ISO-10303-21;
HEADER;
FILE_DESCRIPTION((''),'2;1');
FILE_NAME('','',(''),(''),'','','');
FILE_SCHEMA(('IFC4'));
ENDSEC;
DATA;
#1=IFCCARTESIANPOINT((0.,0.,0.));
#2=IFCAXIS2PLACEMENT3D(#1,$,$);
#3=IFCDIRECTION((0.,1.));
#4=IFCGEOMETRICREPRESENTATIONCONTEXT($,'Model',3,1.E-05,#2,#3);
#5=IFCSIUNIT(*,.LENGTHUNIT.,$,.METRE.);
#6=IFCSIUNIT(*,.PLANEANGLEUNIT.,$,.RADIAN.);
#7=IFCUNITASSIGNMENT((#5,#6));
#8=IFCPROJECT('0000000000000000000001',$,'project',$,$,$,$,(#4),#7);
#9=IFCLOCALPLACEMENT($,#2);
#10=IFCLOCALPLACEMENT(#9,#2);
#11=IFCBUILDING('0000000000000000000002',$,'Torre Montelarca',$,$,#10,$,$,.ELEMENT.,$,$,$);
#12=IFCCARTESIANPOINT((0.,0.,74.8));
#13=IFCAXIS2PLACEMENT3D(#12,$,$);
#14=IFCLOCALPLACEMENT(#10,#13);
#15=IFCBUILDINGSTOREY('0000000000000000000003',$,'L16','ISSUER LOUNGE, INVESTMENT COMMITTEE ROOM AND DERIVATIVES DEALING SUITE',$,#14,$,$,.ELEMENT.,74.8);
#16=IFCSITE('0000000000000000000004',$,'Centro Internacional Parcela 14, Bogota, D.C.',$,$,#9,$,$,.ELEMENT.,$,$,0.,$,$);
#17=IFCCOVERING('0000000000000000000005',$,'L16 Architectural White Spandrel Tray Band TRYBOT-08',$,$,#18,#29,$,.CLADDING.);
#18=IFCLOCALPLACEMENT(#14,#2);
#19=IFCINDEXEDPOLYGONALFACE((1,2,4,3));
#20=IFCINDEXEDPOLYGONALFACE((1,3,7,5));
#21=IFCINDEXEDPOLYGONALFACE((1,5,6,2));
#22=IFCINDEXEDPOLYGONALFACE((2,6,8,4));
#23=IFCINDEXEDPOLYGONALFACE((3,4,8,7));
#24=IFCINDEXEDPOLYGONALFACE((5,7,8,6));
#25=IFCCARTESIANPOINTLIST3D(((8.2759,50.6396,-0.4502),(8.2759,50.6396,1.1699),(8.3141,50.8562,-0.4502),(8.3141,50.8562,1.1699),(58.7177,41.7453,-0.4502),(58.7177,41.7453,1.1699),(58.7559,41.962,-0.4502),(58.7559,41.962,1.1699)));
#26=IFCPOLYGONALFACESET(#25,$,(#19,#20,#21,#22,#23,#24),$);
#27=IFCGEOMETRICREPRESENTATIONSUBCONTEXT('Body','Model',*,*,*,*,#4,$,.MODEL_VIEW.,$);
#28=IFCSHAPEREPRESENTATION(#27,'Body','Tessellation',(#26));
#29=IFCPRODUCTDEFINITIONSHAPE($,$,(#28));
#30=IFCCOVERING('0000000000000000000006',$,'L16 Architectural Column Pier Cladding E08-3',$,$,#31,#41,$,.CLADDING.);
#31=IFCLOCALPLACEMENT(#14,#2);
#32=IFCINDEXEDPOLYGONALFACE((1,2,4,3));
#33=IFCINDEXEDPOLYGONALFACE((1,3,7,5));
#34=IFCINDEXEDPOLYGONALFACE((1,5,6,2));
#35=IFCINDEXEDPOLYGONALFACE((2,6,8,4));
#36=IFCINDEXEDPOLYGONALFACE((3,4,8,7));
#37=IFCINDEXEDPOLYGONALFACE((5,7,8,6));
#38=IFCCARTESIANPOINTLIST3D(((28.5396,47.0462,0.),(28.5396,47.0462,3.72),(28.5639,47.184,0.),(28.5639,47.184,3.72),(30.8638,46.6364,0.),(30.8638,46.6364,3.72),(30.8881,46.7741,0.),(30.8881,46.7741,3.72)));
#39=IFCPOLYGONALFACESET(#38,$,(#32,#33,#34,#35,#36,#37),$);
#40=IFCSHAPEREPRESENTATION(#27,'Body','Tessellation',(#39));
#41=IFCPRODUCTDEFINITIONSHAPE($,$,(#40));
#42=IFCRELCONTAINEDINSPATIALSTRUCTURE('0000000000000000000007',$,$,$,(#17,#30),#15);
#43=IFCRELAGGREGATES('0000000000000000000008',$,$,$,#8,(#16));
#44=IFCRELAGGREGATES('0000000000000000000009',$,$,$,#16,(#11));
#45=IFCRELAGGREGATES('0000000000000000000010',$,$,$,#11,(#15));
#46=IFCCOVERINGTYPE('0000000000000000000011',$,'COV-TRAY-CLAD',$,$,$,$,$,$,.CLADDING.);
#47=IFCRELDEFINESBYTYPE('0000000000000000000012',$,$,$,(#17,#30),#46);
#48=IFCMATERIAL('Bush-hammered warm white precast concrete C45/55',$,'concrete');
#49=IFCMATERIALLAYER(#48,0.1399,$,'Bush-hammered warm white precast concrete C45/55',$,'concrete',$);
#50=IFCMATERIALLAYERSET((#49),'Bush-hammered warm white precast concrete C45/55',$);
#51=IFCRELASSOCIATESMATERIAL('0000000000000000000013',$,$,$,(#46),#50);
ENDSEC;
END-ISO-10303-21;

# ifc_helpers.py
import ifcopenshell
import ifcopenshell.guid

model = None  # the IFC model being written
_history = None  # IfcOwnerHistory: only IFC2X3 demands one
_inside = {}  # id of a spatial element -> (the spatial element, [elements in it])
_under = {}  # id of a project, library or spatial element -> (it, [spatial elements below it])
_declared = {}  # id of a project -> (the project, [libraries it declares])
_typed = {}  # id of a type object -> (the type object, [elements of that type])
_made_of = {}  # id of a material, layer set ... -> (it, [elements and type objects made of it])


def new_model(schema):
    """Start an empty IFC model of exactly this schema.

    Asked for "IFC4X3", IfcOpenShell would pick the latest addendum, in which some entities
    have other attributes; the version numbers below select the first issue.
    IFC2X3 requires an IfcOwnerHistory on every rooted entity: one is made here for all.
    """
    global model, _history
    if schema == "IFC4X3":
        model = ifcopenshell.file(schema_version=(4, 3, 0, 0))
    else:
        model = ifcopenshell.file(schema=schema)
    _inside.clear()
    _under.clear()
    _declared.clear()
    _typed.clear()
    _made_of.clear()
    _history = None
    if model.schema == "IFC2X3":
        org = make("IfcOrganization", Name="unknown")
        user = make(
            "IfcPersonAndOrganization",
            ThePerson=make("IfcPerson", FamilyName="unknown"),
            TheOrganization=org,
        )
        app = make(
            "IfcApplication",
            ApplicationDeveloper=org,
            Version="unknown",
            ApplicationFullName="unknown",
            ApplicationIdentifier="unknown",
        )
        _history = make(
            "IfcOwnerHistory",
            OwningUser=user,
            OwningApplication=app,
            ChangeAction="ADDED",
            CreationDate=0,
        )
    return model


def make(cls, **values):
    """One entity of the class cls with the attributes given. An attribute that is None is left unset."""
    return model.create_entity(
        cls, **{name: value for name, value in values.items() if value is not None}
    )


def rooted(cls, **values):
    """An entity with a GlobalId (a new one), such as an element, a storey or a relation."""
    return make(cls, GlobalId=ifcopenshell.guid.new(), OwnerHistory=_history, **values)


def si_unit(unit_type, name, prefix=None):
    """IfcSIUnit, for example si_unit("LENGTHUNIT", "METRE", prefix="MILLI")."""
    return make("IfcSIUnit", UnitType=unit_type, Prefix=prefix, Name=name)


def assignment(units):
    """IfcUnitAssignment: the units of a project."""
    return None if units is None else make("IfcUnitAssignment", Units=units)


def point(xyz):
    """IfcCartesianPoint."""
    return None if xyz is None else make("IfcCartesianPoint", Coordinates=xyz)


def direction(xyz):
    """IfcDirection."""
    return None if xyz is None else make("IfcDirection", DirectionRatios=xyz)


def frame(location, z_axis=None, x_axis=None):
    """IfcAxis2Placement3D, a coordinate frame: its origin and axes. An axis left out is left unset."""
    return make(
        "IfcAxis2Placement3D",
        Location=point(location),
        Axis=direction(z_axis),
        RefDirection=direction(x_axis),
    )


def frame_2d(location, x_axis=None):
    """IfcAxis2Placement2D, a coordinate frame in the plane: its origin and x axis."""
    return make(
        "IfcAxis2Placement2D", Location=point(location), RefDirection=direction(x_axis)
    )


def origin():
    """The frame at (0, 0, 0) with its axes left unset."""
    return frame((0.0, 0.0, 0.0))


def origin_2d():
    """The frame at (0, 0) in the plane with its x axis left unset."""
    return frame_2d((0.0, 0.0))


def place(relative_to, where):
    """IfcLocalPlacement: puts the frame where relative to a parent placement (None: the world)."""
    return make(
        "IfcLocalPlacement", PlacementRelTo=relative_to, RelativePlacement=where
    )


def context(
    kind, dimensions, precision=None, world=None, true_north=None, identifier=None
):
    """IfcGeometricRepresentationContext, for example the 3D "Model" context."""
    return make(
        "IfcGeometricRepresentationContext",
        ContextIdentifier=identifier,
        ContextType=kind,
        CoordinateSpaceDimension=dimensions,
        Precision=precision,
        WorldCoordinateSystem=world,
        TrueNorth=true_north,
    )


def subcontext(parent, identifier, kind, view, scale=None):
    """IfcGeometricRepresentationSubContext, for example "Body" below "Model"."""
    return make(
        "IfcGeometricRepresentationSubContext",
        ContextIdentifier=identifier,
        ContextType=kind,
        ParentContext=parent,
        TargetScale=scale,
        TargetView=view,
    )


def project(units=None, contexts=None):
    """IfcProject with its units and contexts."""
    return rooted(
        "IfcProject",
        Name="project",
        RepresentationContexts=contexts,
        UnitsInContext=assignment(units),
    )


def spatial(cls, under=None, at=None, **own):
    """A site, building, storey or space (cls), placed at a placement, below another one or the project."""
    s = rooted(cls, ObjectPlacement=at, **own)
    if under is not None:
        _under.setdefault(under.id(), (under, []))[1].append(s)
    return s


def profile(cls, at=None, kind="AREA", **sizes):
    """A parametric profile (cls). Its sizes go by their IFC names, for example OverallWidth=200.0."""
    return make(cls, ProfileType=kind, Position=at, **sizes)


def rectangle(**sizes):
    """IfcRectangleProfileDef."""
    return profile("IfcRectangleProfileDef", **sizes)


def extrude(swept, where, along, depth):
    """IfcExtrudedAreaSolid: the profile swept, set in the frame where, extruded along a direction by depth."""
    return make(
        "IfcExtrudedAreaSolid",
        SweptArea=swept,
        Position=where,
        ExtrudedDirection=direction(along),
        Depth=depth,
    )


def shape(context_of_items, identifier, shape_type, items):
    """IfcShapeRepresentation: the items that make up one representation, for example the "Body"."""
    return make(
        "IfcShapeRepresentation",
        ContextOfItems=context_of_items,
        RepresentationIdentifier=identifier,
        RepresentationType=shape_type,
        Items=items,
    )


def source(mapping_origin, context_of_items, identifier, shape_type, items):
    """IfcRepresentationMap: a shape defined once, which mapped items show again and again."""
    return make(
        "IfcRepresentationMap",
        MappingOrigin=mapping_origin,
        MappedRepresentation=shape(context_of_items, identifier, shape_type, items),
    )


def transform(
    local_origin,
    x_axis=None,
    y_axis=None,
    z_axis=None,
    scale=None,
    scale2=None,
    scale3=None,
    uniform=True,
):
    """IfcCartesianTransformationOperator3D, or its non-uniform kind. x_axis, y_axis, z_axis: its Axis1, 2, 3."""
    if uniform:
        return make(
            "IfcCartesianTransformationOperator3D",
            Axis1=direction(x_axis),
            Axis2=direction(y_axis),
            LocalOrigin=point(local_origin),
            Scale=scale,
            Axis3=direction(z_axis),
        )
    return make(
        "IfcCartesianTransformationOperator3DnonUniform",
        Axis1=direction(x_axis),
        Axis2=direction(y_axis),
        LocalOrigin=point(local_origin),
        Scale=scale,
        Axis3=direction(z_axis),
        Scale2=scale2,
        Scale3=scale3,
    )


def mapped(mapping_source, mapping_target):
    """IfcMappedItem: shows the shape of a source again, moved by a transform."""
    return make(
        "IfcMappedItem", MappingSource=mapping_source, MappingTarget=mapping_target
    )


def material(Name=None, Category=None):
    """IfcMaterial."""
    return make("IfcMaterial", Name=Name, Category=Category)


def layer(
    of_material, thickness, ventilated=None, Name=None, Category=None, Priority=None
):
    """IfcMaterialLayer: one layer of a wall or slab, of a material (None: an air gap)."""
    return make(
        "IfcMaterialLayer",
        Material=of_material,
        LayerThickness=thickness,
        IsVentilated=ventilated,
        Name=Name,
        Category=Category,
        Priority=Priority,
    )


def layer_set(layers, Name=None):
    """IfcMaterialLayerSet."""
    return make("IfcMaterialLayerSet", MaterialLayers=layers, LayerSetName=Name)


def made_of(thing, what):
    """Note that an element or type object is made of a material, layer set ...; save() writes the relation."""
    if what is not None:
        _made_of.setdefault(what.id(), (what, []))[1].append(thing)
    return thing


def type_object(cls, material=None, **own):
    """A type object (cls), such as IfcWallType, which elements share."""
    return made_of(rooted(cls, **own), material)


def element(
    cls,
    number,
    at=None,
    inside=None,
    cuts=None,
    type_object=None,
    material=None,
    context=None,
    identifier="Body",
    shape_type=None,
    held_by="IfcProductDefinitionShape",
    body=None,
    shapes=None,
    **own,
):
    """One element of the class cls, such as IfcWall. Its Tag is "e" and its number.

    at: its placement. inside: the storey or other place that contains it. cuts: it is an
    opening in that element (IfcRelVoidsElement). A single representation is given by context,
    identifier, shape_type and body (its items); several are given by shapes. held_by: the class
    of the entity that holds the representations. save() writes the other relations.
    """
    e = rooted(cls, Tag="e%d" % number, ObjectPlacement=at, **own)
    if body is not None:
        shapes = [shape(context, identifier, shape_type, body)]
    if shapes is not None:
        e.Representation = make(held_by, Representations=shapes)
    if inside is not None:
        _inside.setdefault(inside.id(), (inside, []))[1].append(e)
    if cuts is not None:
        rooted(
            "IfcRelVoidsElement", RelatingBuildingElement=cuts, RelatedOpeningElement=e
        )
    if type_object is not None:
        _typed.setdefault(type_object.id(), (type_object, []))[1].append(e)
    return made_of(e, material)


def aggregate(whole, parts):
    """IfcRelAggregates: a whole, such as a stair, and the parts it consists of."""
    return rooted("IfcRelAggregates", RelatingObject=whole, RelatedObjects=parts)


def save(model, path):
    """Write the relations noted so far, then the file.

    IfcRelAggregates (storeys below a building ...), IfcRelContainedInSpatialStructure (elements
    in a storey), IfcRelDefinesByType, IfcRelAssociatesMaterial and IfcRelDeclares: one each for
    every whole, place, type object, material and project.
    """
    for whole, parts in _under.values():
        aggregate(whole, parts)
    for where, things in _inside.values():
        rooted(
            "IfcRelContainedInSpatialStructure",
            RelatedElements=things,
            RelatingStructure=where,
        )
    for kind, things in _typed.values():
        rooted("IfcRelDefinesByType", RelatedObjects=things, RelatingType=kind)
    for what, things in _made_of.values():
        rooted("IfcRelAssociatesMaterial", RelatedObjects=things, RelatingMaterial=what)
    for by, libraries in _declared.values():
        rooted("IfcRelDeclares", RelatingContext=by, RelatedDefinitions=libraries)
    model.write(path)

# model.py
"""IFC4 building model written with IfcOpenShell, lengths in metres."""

from ifc_helpers import new_model, si_unit, direction, frame, origin, origin_2d, place, context, subcontext, project, spatial, rectangle, extrude, source, transform, mapped, material, layer, layer_set, type_object, element, save


model = new_model("IFC4")

# Units and contexts
model_context = context("Model", 3, precision=1e-05, world=origin(), true_north=direction((0.0, 1.0)))
body_context = subcontext(model_context, "Body", "Model", "MODEL_VIEW")
ifc_project = project(units=[si_unit("LENGTHUNIT", "METRE"), si_unit("PLANEANGLEUNIT", "RADIAN")], contexts=[model_context])

# Site, building, storey
site_placement = place(None, origin())
site = spatial("IfcSite", under=ifc_project, at=site_placement, Name="Centro Internacional Parcela 14, Bogota, D.C.", CompositionType="ELEMENT", RefElevation=0.0)
building_placement = place(site_placement, origin())
building = spatial("IfcBuilding", under=site, at=building_placement, Name="Torre Montelarca", CompositionType="ELEMENT")
storey_placement = place(building_placement, frame((0.0, 0.0, 74.8)))
storey = spatial("IfcBuildingStorey", under=building, at=storey_placement, Name="L16", Description="ISSUER LOUNGE, INVESTMENT COMMITTEE ROOM AND DERIVATIVES DEALING SUITE", CompositionType="ELEMENT", Elevation=74.8)

# Coverings
ifc_material_1 = material(Name="Bush-hammered warm white precast concrete C45/55", Category="concrete")
ifc_layer_1 = layer(ifc_material_1, 0.1399, Name="Bush-hammered warm white precast concrete C45/55", Category="concrete")
ifc_layer_set_1 = layer_set([ifc_layer_1], Name="Bush-hammered warm white precast concrete C45/55")
covering_type = type_object("IfcCoveringType", Name="COV-TRAY-CLAD", PredefinedType="CLADDING", material=ifc_layer_set_1)
shared_shape_1 = source(origin(), body_context, "Body", "SweptSolid", [
    extrude(rectangle(XDim=51.22, YDim=0.22, at=origin_2d()), origin(), (0.0, 0.0, 1.0), 1.6201),
])
covering_1_placement = place(storey_placement, frame((33.5159, 46.3008, -0.4502), z_axis=(0.0, 0.0, 1.0), x_axis=(-0.984808, 0.173648, 0.0)))
element("IfcCovering", 1, at=covering_1_placement, inside=storey, type_object=covering_type, Name="L16 Architectural White Spandrel Tray Band TRYBOT-08", PredefinedType="CLADDING", context=body_context, shape_type="MappedRepresentation", body=[
    mapped(shared_shape_1, transform((0.0, 0.0, 0.0), scale=1.0)),
])
shared_shape_2 = source(origin(), body_context, "Body", "SweptSolid", [
    extrude(rectangle(XDim=2.3601, YDim=0.1399, at=origin_2d()), origin(), (0.0, 0.0, 1.0), 3.72),
])
covering_2_placement = place(storey_placement, frame((29.7139, 46.9102, 0.0), z_axis=(0.0, 0.0, 1.0), x_axis=(-0.984808, 0.173646, 0.0)))
element("IfcCovering", 2, at=covering_2_placement, inside=storey, type_object=covering_type, Name="L16 Architectural Column Pier Cladding E08-3", PredefinedType="CLADDING", context=body_context, shape_type="MappedRepresentation", body=[
    mapped(shared_shape_2, transform((0.0, 0.0, 0.0), scale=1.0)),
])

save(model, "model.ifc")
